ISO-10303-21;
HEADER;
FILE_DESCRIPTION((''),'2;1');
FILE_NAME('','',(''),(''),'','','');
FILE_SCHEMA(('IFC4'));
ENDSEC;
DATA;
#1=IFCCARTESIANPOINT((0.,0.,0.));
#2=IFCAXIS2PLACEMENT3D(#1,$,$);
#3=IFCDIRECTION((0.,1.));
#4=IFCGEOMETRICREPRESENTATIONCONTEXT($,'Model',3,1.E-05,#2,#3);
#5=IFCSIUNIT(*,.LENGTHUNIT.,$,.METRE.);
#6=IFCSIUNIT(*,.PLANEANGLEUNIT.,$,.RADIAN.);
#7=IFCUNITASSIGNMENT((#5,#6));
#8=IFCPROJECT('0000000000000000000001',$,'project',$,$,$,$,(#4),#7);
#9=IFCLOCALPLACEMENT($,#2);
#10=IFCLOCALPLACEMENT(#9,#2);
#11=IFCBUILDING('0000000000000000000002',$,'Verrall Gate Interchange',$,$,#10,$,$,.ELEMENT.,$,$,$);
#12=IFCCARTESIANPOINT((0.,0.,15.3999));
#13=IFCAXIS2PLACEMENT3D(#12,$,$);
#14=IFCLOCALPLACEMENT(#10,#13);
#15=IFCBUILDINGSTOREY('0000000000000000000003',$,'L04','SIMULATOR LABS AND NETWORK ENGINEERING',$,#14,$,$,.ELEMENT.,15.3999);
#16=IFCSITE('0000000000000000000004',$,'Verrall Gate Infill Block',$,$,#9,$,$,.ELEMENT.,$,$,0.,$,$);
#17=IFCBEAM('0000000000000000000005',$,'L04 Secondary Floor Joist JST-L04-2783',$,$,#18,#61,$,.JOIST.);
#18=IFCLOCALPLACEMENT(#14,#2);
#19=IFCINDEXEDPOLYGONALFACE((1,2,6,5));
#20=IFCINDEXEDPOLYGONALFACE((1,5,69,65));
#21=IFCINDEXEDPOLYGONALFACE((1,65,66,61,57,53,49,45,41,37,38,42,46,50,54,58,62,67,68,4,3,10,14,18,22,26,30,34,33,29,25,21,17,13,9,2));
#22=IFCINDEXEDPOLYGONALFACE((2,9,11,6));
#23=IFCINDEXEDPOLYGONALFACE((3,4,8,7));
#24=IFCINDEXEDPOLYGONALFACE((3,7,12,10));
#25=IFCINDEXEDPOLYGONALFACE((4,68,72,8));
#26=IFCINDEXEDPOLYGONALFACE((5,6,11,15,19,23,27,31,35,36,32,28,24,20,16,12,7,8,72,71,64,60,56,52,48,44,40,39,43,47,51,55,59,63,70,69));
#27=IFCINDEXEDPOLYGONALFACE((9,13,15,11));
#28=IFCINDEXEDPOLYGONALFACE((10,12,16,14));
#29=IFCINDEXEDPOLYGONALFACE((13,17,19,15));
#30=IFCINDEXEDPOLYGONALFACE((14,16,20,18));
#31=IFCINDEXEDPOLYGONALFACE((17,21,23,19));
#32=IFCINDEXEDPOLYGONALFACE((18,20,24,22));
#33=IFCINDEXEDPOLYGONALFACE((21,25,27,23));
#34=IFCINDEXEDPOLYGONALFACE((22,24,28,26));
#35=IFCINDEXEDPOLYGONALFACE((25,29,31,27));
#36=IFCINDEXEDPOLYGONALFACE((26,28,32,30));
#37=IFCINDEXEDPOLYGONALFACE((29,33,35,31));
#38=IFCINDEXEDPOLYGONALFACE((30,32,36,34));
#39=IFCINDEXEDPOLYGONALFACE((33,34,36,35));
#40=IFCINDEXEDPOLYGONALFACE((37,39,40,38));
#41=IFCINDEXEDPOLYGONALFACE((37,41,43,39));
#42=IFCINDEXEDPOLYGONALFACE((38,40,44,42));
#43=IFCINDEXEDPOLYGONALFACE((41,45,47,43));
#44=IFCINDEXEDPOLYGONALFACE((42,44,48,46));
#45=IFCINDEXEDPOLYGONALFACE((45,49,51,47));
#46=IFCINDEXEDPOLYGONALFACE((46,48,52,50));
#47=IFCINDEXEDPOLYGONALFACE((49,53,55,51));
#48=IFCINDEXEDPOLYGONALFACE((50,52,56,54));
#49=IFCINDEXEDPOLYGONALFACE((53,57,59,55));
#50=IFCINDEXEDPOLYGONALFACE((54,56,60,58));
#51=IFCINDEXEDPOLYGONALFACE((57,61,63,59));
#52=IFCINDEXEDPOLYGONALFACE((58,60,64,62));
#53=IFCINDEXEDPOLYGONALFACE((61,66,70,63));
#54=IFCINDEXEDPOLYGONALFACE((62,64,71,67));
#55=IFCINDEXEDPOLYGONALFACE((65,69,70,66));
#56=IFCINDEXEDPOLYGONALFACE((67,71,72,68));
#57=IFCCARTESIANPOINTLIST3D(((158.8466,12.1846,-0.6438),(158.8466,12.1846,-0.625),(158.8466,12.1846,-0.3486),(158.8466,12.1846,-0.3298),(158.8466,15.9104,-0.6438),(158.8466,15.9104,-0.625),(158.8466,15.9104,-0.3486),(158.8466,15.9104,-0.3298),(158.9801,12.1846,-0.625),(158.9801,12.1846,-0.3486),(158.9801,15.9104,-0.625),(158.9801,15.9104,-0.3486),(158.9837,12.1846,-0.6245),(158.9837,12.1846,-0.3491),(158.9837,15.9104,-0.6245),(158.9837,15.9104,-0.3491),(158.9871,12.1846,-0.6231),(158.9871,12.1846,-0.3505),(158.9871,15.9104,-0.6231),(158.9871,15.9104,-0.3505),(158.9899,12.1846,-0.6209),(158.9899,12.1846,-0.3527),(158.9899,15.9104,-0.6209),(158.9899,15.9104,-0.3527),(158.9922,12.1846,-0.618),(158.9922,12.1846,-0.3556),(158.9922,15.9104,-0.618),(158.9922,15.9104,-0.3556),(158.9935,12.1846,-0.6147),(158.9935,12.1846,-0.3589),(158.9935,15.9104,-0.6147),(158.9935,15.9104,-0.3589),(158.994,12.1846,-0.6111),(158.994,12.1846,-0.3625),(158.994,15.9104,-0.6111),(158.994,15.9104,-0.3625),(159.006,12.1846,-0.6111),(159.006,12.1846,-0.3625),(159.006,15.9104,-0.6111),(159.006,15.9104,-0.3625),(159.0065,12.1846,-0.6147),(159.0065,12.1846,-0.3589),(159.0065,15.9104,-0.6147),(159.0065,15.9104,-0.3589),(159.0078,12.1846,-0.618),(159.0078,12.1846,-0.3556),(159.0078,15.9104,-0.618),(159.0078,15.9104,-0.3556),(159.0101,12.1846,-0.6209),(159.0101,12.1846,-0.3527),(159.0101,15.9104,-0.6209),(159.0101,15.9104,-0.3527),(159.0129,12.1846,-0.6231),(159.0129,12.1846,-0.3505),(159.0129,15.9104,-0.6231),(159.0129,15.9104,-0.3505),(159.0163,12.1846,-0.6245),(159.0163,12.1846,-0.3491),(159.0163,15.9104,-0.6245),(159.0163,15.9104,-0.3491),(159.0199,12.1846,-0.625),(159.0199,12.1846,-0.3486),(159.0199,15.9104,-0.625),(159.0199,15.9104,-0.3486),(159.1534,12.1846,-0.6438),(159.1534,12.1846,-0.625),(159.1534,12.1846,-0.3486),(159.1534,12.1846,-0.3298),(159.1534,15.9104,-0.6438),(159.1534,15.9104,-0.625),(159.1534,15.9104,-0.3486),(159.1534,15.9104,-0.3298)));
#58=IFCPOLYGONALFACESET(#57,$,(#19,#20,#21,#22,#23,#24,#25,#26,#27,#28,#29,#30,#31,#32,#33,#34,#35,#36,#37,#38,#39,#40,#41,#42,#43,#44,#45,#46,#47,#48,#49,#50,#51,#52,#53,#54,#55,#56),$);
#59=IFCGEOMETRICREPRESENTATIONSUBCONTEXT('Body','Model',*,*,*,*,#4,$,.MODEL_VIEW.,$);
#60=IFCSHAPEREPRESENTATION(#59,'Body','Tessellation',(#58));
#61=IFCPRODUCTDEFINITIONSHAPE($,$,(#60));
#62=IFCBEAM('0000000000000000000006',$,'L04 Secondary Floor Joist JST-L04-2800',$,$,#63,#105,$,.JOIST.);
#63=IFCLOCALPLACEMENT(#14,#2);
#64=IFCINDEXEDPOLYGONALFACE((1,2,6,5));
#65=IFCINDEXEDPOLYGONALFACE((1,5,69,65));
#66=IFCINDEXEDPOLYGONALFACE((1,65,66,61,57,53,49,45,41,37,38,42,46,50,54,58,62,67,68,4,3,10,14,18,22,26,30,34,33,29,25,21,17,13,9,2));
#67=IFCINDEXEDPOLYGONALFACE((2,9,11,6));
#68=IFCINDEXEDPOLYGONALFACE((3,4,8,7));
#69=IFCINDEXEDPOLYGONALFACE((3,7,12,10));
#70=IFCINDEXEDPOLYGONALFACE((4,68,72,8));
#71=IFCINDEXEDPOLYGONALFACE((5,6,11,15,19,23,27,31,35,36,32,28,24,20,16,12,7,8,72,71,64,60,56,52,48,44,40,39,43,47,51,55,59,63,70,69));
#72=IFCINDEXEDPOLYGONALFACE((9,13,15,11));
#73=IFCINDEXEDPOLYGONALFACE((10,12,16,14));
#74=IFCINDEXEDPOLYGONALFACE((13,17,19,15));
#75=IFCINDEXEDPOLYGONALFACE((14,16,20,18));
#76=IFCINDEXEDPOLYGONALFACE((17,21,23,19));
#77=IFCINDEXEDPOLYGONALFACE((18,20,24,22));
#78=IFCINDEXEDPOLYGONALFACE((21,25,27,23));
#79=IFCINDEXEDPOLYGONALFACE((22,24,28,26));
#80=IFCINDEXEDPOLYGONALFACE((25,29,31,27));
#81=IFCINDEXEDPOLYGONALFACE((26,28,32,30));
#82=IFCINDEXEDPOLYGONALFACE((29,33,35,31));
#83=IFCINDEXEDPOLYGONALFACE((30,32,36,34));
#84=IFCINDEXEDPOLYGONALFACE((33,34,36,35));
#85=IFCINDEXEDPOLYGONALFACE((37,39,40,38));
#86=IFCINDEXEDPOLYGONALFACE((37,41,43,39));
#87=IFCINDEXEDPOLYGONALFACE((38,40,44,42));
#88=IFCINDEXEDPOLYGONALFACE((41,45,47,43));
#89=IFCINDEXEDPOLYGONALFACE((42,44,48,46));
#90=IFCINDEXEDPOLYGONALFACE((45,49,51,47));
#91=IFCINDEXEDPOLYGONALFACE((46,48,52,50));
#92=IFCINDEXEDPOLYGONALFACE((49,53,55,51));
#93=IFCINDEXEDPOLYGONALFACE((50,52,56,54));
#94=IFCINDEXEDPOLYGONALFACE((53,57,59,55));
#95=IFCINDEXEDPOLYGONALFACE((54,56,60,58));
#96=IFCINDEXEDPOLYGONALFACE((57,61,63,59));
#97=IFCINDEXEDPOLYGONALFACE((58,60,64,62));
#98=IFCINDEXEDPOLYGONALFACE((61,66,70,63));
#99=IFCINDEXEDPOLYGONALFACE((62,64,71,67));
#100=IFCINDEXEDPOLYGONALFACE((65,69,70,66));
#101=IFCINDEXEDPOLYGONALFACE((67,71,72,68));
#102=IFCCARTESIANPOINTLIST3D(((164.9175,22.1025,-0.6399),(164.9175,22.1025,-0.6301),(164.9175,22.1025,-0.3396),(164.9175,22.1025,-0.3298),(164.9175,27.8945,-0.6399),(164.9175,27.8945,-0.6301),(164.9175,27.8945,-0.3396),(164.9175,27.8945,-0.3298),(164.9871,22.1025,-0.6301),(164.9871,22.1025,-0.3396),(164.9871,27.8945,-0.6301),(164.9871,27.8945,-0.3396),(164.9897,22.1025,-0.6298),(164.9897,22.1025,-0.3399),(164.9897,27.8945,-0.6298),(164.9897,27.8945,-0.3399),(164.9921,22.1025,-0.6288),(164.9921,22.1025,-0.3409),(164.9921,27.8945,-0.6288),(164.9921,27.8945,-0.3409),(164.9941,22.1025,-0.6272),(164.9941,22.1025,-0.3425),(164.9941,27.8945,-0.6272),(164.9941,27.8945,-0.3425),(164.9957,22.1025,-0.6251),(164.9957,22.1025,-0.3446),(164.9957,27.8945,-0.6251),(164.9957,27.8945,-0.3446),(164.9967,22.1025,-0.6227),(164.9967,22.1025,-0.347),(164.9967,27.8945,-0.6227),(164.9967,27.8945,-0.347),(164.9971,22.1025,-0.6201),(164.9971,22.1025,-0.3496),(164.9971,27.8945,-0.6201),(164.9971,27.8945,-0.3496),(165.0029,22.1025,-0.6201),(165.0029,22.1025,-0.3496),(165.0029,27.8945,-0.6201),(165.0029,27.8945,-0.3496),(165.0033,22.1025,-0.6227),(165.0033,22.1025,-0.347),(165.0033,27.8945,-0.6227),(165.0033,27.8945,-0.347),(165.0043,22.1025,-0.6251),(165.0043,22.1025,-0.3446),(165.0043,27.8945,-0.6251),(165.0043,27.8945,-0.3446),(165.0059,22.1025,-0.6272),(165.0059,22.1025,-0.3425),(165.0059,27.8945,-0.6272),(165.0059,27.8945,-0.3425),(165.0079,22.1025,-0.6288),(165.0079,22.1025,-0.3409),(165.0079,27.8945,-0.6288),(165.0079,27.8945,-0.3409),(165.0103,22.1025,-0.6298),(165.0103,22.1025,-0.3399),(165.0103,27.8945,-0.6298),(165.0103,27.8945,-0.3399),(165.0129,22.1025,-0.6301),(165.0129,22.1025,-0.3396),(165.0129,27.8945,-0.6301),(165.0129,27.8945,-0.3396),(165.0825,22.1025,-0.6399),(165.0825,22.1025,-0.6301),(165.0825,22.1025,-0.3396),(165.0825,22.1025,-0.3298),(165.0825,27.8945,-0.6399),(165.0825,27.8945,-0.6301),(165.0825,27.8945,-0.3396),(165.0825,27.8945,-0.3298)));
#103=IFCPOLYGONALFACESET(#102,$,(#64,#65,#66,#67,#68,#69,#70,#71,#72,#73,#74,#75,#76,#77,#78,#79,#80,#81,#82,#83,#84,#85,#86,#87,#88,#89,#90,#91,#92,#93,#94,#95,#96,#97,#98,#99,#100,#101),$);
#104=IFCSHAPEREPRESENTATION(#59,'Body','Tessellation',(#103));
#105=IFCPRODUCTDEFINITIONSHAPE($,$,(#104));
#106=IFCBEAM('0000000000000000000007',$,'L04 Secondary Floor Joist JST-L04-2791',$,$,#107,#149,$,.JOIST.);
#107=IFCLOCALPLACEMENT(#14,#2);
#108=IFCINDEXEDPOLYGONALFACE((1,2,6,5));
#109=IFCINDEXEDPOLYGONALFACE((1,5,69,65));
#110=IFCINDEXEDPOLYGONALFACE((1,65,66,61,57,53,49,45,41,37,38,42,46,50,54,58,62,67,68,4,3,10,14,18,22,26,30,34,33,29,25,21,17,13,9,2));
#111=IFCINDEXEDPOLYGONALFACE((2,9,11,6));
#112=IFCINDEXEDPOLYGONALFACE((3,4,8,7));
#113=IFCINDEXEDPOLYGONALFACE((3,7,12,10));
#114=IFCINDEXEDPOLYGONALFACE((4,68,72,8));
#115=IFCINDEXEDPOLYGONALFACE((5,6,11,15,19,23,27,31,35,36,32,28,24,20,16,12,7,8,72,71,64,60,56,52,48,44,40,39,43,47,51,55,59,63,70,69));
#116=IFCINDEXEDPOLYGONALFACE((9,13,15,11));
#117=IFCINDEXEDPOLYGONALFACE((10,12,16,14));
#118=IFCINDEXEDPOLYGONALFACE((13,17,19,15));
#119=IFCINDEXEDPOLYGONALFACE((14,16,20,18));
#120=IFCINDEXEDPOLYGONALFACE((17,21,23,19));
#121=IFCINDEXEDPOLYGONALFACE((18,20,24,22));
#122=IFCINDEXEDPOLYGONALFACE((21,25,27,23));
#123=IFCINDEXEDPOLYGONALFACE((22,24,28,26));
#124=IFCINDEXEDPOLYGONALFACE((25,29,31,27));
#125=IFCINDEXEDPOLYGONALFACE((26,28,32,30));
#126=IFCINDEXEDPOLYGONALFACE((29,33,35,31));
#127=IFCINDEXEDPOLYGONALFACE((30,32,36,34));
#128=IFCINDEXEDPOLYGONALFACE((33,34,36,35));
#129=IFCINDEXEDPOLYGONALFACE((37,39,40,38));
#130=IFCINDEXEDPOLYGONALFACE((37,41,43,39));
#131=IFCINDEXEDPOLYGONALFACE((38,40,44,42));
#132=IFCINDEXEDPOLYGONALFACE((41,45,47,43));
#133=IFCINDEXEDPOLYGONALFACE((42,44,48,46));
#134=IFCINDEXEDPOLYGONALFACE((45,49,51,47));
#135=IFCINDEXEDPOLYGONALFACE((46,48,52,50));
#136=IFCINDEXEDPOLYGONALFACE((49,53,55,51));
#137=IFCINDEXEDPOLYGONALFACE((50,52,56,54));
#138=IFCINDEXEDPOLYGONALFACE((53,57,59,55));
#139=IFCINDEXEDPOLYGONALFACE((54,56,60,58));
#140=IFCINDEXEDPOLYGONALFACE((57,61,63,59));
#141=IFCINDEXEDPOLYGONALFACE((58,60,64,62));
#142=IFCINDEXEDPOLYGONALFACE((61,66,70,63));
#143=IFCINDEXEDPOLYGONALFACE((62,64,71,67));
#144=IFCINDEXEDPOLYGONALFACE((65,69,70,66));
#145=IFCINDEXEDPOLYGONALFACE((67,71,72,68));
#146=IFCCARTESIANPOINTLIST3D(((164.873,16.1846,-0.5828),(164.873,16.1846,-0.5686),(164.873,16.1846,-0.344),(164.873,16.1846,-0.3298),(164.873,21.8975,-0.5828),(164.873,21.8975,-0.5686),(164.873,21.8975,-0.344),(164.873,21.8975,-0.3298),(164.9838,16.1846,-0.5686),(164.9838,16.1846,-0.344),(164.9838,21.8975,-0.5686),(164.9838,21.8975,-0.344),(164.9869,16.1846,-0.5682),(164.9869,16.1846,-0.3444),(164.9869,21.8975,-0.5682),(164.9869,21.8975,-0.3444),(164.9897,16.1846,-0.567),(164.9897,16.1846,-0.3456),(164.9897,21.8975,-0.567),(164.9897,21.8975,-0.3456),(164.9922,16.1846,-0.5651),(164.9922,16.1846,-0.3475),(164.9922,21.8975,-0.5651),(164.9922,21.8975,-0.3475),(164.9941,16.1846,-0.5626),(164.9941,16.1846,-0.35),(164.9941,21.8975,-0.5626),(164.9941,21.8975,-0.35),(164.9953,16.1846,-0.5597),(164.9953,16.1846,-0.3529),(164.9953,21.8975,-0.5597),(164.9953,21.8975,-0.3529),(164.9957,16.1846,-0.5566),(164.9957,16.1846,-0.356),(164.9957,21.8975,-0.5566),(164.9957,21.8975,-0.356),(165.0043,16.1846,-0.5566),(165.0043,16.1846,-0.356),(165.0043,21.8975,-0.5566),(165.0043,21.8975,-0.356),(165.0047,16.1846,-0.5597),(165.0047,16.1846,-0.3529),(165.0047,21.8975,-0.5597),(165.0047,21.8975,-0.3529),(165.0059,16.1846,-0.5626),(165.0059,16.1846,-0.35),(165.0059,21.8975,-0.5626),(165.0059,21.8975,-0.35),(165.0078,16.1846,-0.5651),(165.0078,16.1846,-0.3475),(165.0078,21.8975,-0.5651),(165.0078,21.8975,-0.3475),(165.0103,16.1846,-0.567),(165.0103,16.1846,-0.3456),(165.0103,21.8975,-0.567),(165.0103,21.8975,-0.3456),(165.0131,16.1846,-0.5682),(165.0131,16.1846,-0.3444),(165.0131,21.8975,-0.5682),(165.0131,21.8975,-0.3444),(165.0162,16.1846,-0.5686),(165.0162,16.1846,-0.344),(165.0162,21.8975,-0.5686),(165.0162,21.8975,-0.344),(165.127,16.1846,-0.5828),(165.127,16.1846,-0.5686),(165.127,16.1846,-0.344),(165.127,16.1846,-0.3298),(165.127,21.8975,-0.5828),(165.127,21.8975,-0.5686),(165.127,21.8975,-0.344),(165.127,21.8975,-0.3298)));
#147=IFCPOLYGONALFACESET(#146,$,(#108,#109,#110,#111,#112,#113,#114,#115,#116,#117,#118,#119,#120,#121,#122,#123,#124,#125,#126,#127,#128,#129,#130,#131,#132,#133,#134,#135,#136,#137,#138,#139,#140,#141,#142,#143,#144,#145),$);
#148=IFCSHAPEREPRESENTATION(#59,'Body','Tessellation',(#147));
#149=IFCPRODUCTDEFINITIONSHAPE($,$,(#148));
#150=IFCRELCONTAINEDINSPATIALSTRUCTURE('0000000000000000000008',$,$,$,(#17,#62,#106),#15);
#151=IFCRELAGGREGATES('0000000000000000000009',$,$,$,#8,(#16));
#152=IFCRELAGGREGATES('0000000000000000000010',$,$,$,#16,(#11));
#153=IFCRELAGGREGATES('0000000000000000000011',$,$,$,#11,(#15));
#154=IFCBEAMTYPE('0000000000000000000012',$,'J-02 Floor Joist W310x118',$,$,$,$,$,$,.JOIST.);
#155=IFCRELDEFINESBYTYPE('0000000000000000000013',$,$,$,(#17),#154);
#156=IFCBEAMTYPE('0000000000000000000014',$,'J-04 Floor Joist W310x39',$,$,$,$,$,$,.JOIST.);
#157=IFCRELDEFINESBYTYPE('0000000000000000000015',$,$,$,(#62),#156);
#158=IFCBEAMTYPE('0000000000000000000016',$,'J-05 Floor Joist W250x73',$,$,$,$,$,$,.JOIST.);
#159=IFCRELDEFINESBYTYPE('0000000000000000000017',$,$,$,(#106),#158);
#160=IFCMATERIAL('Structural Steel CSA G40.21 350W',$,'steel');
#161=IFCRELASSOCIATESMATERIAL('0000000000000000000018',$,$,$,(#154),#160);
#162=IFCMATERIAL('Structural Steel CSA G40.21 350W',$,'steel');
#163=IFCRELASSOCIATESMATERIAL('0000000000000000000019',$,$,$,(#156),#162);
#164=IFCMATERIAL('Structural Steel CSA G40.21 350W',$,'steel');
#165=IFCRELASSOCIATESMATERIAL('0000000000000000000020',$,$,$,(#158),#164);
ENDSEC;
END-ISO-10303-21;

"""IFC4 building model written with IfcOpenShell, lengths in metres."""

from ifc_helpers import new_model, si_unit, direction, frame, origin, origin_2d, place, context, subcontext, project, spatial, i_section, extrude, material, material_profile, profile_set, type_object, element, save


model = new_model("IFC4")

# Units and contexts
model_context = context("Model", 3, precision=1e-05, world=origin(), true_north=direction((0.0, 1.0)))
body_context = subcontext(model_context, "Body", "Model", "MODEL_VIEW")
ifc_project = project(units=[si_unit("LENGTHUNIT", "METRE"), si_unit("PLANEANGLEUNIT", "RADIAN")], contexts=[model_context])

# Site, building, storey
site_placement = place(None, origin())
site = spatial("IfcSite", under=ifc_project, at=site_placement, Name="Verrall Gate Infill Block", CompositionType="ELEMENT", RefElevation=0.0)
building_placement = place(site_placement, origin())
building = spatial("IfcBuilding", under=site, at=building_placement, Name="Verrall Gate Interchange", CompositionType="ELEMENT")
storey_placement = place(building_placement, frame((0.0, 0.0, 15.3999)))
storey = spatial("IfcBuildingStorey", under=building, at=storey_placement, Name="L04", Description="SIMULATOR LABS AND NETWORK ENGINEERING", CompositionType="ELEMENT", Elevation=15.3999)

# Beams
ifc_material_1 = material(Name="Structural Steel CSA G40.21 350W", Category="steel")
ifc_material_profile_1 = material_profile(ifc_material_1, i_section(OverallWidth=0.3069, OverallDepth=0.314, WebThickness=0.012, FlangeThickness=0.0188, FilletRadius=0.0139, at=origin_2d()), Name="W310x118")
ifc_profile_set_1 = profile_set([ifc_material_profile_1], Name="Structural Steel CSA G40.21 350W")
beam_type_1 = type_object("IfcBeamType", Name="J-02 Floor Joist W310x118", PredefinedType="JOIST", material=ifc_profile_set_1)
beam_1_placement = place(storey_placement, frame((159.0, 12.1846, -0.4868), z_axis=(0.0, 1.0, 0.0), x_axis=(-1.0, 0.0, 0.0)))
element("IfcBeam", 1, at=beam_1_placement, inside=storey, type_object=beam_type_1, Name="L04 Secondary Floor Joist JST-L04-2783", PredefinedType="JOIST", context=body_context, shape_type="SweptSolid", body=[
    extrude(i_section(OverallWidth=0.3069, OverallDepth=0.314, WebThickness=0.012, FlangeThickness=0.0188, FilletRadius=0.0139, at=origin_2d()), origin(), (0.0, 0.0, 1.0), 3.7258),
])
ifc_material_2 = material(Name="Structural Steel CSA G40.21 350W", Category="steel")
ifc_material_profile_2 = material_profile(ifc_material_2, i_section(OverallWidth=0.165, OverallDepth=0.3101, WebThickness=0.0059, FlangeThickness=0.0098, FilletRadius=0.01, at=origin_2d()), Name="W310x39")
ifc_profile_set_2 = profile_set([ifc_material_profile_2], Name="Structural Steel CSA G40.21 350W")
beam_type_2 = type_object("IfcBeamType", Name="J-04 Floor Joist W310x39", PredefinedType="JOIST", material=ifc_profile_set_2)
beam_2_placement = place(storey_placement, frame((165.0, 22.1025, -0.4849), z_axis=(0.0, 1.0, 0.0), x_axis=(-1.0, 0.0, 0.0)))
element("IfcBeam", 2, at=beam_2_placement, inside=storey, type_object=beam_type_2, Name="L04 Secondary Floor Joist JST-L04-2800", PredefinedType="JOIST", context=body_context, shape_type="SweptSolid", body=[
    extrude(i_section(OverallWidth=0.165, OverallDepth=0.3101, WebThickness=0.0059, FlangeThickness=0.0098, FilletRadius=0.01, at=origin_2d()), origin(), (0.0, 0.0, 1.0), 5.792),
])
ifc_material_3 = material(Name="Structural Steel CSA G40.21 350W", Category="steel")
ifc_material_profile_3 = material_profile(ifc_material_3, i_section(OverallWidth=0.2539, OverallDepth=0.2529, WebThickness=0.0085, FlangeThickness=0.0142, FilletRadius=0.012, at=origin_2d()), Name="W250x73")
ifc_profile_set_3 = profile_set([ifc_material_profile_3], Name="Structural Steel CSA G40.21 350W")
beam_type_3 = type_object("IfcBeamType", Name="J-05 Floor Joist W250x73", PredefinedType="JOIST", material=ifc_profile_set_3)
beam_3_placement = place(storey_placement, frame((165.0, 16.1846, -0.4563), z_axis=(0.0, 1.0, 0.0), x_axis=(-1.0, 0.0, 0.0)))
element("IfcBeam", 3, at=beam_3_placement, inside=storey, type_object=beam_type_3, Name="L04 Secondary Floor Joist JST-L04-2791", PredefinedType="JOIST", context=body_context, shape_type="SweptSolid", body=[
    extrude(i_section(OverallWidth=0.2539, OverallDepth=0.2529, WebThickness=0.0085, FlangeThickness=0.0142, FilletRadius=0.012, at=origin_2d()), origin(), (0.0, 0.0, 1.0), 5.7129),
])

save(model, "model.ifc")
